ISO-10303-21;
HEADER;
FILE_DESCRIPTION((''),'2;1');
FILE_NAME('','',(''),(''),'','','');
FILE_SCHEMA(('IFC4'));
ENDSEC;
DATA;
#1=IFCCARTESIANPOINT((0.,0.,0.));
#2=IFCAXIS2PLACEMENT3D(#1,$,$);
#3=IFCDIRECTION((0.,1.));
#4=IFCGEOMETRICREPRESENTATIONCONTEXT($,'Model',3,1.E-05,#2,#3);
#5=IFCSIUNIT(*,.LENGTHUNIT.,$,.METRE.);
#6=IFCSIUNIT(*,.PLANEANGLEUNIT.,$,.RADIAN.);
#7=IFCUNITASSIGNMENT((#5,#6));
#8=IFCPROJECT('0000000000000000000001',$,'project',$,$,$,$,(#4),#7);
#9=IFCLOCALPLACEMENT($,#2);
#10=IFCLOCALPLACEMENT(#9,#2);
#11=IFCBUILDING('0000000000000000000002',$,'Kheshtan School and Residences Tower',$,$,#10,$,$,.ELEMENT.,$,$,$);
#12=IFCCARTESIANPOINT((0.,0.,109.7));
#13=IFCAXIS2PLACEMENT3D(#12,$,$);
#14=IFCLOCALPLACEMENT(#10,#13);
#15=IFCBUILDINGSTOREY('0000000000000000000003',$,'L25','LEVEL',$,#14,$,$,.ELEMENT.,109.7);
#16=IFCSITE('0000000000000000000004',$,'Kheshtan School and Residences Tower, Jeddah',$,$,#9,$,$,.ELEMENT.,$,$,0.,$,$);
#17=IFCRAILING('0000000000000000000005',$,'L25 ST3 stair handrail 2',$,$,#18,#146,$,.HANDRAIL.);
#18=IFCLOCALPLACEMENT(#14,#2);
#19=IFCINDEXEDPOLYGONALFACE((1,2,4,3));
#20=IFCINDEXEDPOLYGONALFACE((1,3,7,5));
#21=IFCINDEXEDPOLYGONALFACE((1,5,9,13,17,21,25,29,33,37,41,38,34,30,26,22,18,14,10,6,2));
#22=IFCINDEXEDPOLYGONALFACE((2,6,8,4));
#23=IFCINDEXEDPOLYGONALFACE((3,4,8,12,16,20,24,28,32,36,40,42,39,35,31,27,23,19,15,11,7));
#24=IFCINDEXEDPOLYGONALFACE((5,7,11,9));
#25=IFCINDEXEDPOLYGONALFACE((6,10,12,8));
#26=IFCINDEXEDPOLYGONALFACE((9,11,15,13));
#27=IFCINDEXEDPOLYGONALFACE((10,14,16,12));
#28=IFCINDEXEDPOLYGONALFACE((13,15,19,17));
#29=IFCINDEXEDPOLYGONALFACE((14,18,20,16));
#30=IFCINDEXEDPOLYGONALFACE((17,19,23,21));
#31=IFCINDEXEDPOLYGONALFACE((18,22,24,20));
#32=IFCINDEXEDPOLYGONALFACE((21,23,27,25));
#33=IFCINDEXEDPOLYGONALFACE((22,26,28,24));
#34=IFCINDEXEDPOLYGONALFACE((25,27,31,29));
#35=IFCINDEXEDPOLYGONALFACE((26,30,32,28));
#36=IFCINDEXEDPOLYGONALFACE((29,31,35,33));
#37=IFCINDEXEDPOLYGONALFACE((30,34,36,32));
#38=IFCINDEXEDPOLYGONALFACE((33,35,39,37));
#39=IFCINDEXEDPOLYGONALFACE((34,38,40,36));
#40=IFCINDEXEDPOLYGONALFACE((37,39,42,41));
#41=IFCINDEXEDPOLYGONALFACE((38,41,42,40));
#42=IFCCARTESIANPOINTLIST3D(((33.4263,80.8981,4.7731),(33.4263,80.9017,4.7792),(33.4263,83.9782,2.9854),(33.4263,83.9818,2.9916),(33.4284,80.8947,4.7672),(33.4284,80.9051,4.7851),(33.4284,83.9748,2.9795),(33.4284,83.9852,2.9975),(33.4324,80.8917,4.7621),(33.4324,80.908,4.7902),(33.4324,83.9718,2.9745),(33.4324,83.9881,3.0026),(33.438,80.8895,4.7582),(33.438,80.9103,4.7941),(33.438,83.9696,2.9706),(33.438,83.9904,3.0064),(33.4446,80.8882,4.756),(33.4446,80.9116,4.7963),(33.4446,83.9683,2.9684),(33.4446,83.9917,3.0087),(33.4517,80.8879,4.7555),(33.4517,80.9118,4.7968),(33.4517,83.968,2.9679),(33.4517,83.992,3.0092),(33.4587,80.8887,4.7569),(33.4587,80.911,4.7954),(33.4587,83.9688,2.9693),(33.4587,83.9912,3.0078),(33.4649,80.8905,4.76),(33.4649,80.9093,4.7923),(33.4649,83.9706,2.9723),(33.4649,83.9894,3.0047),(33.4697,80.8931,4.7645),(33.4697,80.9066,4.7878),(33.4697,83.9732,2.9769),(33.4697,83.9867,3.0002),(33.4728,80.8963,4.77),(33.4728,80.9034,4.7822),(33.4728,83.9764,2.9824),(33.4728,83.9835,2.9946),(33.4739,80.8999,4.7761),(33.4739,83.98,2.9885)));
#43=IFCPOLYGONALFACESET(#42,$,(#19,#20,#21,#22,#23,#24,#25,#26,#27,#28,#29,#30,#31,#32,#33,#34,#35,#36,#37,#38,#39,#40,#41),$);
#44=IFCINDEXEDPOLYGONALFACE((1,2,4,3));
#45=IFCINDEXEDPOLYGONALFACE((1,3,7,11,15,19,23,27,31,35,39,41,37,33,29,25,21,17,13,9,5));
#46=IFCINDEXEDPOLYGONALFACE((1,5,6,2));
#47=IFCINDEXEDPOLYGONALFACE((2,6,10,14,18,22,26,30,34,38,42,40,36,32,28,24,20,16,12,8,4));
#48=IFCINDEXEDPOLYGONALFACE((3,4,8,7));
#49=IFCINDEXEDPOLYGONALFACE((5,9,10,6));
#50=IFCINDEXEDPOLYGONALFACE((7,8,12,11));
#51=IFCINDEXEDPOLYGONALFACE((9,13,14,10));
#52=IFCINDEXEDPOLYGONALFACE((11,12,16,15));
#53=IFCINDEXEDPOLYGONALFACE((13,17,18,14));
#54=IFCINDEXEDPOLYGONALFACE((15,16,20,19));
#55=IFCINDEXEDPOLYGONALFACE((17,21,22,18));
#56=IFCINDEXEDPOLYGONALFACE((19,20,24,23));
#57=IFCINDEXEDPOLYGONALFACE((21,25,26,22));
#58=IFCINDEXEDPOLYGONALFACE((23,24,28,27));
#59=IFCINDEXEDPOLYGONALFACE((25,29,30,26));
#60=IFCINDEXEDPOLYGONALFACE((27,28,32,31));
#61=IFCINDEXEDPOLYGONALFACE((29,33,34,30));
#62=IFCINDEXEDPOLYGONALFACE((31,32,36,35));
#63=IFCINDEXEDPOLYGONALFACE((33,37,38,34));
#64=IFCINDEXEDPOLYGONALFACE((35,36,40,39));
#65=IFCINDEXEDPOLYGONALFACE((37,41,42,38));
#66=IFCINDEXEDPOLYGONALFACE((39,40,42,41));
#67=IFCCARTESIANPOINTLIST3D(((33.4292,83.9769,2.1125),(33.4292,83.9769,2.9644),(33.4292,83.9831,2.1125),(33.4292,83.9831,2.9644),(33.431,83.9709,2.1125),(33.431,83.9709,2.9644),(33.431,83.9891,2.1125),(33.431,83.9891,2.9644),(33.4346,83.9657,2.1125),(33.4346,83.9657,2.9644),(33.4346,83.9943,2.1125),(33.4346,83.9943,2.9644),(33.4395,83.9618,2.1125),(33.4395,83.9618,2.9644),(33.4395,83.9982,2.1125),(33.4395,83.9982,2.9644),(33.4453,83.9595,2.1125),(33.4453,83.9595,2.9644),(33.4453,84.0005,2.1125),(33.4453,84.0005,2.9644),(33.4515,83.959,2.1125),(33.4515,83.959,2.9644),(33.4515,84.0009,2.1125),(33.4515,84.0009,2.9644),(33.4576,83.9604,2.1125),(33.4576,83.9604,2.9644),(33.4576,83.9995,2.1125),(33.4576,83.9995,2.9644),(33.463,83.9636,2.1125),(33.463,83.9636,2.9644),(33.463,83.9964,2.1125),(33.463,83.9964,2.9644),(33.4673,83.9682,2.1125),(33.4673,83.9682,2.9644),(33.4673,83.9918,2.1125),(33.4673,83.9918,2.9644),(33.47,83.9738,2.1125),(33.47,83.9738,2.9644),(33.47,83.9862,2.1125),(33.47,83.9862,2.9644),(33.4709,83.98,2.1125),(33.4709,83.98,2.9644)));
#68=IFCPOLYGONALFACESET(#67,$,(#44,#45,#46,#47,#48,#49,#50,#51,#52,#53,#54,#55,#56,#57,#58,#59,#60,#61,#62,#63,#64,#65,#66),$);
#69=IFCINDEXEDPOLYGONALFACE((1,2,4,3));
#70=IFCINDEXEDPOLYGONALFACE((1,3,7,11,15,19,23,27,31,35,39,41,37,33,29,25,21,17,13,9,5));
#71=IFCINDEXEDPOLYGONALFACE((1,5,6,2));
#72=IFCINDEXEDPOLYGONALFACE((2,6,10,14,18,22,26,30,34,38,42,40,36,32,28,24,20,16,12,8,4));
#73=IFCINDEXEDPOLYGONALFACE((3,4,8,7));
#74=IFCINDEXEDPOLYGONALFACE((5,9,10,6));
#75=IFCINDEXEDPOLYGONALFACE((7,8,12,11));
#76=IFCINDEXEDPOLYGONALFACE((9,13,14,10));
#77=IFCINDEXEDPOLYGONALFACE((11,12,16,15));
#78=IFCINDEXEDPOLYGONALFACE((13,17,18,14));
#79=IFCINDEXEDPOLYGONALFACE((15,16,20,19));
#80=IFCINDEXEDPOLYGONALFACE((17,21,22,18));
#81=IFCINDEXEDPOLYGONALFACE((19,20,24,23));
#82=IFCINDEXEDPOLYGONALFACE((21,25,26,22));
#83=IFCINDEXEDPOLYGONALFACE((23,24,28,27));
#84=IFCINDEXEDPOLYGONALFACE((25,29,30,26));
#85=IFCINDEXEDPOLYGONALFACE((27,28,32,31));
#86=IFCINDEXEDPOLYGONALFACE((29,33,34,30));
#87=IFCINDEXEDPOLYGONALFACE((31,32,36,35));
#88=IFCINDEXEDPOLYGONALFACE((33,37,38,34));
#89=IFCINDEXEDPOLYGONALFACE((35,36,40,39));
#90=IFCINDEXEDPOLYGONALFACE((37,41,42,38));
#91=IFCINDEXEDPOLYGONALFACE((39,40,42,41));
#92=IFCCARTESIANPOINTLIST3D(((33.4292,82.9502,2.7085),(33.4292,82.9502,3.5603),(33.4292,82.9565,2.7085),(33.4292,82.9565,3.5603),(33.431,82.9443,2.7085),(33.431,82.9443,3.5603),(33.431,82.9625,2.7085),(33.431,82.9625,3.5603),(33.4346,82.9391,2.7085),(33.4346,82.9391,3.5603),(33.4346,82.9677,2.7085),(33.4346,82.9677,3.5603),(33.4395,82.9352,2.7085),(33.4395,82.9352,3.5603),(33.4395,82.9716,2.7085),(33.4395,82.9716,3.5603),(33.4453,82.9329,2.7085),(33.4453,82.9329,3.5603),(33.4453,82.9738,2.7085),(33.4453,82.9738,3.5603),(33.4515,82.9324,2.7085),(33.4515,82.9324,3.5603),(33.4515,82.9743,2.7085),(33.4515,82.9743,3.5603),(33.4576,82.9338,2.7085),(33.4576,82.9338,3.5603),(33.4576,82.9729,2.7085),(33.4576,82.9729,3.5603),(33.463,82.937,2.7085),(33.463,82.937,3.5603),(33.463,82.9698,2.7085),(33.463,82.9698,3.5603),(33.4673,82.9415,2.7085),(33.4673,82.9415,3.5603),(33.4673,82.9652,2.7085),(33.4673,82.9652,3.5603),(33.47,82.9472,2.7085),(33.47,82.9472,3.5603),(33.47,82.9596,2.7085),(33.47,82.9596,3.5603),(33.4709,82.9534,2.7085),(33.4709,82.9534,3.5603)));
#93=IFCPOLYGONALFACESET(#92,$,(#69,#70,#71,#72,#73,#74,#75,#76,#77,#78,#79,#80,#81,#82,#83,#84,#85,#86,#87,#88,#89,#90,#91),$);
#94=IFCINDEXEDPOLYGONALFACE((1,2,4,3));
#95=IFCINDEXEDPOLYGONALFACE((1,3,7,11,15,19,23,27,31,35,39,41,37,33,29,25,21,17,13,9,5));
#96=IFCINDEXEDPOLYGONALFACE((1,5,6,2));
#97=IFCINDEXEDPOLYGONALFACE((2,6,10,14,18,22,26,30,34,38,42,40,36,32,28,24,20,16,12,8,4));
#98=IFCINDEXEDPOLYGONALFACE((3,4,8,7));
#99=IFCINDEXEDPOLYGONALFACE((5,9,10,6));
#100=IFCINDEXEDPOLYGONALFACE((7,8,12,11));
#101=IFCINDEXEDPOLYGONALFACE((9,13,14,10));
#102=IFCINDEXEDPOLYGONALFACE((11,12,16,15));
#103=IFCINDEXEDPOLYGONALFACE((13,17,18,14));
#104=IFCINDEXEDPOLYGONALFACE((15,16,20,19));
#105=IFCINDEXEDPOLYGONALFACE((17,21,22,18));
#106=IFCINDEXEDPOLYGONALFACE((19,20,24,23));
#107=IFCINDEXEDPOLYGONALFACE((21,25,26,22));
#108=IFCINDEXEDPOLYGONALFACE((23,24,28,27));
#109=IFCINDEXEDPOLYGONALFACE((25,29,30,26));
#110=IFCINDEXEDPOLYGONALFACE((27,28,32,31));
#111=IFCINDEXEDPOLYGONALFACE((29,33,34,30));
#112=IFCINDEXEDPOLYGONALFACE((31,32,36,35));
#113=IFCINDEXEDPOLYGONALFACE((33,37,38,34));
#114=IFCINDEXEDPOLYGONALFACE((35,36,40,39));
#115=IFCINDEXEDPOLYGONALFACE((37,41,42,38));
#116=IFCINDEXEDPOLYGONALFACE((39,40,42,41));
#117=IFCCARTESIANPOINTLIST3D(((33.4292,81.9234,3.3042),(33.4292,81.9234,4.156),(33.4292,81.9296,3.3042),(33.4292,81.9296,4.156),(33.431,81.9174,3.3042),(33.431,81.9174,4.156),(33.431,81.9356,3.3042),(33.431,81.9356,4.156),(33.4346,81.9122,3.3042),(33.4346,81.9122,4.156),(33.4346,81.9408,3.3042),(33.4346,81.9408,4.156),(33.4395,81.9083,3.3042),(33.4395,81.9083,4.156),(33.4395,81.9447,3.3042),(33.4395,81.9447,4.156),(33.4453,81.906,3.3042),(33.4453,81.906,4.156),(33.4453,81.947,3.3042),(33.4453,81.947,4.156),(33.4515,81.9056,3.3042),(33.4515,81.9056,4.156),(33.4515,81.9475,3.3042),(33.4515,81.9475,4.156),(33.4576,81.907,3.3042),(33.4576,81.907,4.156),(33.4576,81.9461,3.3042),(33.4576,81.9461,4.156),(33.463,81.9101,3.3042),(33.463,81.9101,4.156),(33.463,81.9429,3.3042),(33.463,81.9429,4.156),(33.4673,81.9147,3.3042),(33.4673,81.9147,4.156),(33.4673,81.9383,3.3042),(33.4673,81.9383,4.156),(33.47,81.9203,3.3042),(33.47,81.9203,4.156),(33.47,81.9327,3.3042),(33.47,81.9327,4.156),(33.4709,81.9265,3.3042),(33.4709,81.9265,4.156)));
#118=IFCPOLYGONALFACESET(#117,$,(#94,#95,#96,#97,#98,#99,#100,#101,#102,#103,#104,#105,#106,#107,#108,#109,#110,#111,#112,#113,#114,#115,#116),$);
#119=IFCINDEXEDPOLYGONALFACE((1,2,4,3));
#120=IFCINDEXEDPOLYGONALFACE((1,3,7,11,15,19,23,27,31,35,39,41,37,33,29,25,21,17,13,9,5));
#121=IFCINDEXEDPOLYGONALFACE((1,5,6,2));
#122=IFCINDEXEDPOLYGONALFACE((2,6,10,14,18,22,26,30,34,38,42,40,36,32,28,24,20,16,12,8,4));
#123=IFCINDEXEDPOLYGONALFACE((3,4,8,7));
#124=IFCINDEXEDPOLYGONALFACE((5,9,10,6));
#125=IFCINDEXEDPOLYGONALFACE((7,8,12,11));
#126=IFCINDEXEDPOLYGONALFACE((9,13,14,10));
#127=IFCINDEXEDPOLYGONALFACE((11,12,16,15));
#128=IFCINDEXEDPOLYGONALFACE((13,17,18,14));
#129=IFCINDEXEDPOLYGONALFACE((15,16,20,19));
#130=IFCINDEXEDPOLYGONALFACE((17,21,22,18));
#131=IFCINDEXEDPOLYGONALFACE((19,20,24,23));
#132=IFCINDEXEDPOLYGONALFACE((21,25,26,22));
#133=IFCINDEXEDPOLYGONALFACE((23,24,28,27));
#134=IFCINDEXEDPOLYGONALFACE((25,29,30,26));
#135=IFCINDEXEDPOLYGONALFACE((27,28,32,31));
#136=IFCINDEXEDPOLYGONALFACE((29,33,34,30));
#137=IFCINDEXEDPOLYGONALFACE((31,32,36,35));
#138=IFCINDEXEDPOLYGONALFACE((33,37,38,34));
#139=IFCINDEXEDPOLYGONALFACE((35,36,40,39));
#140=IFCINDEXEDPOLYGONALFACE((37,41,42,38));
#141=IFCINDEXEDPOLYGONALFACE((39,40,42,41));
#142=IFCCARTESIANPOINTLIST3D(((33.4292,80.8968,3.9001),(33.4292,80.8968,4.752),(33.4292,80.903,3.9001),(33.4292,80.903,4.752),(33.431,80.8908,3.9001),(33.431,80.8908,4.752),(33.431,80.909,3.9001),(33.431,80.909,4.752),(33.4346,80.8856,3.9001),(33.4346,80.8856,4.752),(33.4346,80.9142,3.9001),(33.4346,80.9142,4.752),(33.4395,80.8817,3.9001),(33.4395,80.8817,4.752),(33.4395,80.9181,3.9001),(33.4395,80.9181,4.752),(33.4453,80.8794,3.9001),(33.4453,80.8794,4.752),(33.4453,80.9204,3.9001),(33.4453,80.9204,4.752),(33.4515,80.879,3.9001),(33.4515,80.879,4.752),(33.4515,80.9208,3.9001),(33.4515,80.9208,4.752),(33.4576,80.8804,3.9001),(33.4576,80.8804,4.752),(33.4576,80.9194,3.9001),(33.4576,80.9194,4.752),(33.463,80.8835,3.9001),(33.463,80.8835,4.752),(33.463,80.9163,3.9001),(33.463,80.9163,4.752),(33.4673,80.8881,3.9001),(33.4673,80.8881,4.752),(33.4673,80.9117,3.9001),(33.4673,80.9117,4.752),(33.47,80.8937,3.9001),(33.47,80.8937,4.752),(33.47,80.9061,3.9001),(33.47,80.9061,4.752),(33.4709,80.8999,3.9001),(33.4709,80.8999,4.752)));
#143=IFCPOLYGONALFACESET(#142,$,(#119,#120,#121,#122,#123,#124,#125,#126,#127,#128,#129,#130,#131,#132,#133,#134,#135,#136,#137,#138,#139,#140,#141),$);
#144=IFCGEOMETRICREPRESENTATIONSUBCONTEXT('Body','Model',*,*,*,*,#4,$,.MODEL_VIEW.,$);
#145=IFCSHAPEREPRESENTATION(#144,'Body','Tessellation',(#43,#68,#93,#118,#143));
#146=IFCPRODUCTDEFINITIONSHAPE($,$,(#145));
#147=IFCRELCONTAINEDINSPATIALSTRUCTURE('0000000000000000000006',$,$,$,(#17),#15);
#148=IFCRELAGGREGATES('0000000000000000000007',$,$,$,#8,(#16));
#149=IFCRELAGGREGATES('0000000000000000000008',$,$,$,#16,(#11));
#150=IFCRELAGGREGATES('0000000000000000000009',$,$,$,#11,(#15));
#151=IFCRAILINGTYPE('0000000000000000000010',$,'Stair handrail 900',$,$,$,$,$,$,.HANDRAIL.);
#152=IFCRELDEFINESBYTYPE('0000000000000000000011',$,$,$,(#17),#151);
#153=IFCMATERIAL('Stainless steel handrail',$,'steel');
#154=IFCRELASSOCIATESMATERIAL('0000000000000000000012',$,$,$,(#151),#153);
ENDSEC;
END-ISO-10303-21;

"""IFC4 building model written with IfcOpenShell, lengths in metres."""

from ifc_helpers import new_model, si_unit, direction, frame, origin, origin_2d, place, context, subcontext, project, spatial, circle, extrude, material, type_object, element, save


model = new_model("IFC4")

# Units and contexts
model_context = context("Model", 3, precision=1e-05, world=origin(), true_north=direction((0.0, 1.0)))
body_context = subcontext(model_context, "Body", "Model", "MODEL_VIEW")
ifc_project = project(units=[si_unit("LENGTHUNIT", "METRE"), si_unit("PLANEANGLEUNIT", "RADIAN")], contexts=[model_context])

# Site, building, storey
site_placement = place(None, origin())
site = spatial("IfcSite", under=ifc_project, at=site_placement, Name="Kheshtan School and Residences Tower, Jeddah", CompositionType="ELEMENT", RefElevation=0.0)
building_placement = place(site_placement, origin())
building = spatial("IfcBuilding", under=site, at=building_placement, Name="Kheshtan School and Residences Tower", CompositionType="ELEMENT")
storey_placement = place(building_placement, frame((0.0, 0.0, 109.7)))
storey = spatial("IfcBuildingStorey", under=building, at=storey_placement, Name="L25", Description="LEVEL", CompositionType="ELEMENT", Elevation=109.7)

# Railing
ifc_material_1 = material(Name="Stainless steel handrail", Category="steel")
railing_type_1 = type_object("IfcRailingType", Name="Stair handrail 900", PredefinedType="HANDRAIL", material=ifc_material_1)
railing_1_placement = place(storey_placement, frame((33.45, 83.98, 2.1125)))
element("IfcRailing", 1, at=railing_1_placement, inside=storey, type_object=railing_type_1, Name="L25 ST3 stair handrail 2", PredefinedType="HANDRAIL", context=body_context, shape_type="SweptSolid", body=[
    extrude(circle(Radius=0.0239, at=origin_2d()), frame((0.0, 0.0, 0.876), z_axis=(0.0, -0.864891, 0.50196), x_axis=(1.0, 0.0, 0.0)), (0.0, 0.0, 1.0), 3.5613),
    extrude(circle(Radius=0.021, at=origin_2d()), origin(), (0.0, 0.0, 1.0), 0.8518),
    extrude(circle(Radius=0.021, at=origin_2d()), frame((0.0, -1.0266, 0.5959)), (0.0, 0.0, 1.0), 0.8518),
    extrude(circle(Radius=0.021, at=origin_2d()), frame((0.0, -2.0535, 1.1917)), (0.0, 0.0, 1.0), 0.8518),
    extrude(circle(Radius=0.021, at=origin_2d()), frame((0.0, -3.0801, 1.7876)), (0.0, 0.0, 1.0), 0.8518),
])

save(model, "model.ifc")
